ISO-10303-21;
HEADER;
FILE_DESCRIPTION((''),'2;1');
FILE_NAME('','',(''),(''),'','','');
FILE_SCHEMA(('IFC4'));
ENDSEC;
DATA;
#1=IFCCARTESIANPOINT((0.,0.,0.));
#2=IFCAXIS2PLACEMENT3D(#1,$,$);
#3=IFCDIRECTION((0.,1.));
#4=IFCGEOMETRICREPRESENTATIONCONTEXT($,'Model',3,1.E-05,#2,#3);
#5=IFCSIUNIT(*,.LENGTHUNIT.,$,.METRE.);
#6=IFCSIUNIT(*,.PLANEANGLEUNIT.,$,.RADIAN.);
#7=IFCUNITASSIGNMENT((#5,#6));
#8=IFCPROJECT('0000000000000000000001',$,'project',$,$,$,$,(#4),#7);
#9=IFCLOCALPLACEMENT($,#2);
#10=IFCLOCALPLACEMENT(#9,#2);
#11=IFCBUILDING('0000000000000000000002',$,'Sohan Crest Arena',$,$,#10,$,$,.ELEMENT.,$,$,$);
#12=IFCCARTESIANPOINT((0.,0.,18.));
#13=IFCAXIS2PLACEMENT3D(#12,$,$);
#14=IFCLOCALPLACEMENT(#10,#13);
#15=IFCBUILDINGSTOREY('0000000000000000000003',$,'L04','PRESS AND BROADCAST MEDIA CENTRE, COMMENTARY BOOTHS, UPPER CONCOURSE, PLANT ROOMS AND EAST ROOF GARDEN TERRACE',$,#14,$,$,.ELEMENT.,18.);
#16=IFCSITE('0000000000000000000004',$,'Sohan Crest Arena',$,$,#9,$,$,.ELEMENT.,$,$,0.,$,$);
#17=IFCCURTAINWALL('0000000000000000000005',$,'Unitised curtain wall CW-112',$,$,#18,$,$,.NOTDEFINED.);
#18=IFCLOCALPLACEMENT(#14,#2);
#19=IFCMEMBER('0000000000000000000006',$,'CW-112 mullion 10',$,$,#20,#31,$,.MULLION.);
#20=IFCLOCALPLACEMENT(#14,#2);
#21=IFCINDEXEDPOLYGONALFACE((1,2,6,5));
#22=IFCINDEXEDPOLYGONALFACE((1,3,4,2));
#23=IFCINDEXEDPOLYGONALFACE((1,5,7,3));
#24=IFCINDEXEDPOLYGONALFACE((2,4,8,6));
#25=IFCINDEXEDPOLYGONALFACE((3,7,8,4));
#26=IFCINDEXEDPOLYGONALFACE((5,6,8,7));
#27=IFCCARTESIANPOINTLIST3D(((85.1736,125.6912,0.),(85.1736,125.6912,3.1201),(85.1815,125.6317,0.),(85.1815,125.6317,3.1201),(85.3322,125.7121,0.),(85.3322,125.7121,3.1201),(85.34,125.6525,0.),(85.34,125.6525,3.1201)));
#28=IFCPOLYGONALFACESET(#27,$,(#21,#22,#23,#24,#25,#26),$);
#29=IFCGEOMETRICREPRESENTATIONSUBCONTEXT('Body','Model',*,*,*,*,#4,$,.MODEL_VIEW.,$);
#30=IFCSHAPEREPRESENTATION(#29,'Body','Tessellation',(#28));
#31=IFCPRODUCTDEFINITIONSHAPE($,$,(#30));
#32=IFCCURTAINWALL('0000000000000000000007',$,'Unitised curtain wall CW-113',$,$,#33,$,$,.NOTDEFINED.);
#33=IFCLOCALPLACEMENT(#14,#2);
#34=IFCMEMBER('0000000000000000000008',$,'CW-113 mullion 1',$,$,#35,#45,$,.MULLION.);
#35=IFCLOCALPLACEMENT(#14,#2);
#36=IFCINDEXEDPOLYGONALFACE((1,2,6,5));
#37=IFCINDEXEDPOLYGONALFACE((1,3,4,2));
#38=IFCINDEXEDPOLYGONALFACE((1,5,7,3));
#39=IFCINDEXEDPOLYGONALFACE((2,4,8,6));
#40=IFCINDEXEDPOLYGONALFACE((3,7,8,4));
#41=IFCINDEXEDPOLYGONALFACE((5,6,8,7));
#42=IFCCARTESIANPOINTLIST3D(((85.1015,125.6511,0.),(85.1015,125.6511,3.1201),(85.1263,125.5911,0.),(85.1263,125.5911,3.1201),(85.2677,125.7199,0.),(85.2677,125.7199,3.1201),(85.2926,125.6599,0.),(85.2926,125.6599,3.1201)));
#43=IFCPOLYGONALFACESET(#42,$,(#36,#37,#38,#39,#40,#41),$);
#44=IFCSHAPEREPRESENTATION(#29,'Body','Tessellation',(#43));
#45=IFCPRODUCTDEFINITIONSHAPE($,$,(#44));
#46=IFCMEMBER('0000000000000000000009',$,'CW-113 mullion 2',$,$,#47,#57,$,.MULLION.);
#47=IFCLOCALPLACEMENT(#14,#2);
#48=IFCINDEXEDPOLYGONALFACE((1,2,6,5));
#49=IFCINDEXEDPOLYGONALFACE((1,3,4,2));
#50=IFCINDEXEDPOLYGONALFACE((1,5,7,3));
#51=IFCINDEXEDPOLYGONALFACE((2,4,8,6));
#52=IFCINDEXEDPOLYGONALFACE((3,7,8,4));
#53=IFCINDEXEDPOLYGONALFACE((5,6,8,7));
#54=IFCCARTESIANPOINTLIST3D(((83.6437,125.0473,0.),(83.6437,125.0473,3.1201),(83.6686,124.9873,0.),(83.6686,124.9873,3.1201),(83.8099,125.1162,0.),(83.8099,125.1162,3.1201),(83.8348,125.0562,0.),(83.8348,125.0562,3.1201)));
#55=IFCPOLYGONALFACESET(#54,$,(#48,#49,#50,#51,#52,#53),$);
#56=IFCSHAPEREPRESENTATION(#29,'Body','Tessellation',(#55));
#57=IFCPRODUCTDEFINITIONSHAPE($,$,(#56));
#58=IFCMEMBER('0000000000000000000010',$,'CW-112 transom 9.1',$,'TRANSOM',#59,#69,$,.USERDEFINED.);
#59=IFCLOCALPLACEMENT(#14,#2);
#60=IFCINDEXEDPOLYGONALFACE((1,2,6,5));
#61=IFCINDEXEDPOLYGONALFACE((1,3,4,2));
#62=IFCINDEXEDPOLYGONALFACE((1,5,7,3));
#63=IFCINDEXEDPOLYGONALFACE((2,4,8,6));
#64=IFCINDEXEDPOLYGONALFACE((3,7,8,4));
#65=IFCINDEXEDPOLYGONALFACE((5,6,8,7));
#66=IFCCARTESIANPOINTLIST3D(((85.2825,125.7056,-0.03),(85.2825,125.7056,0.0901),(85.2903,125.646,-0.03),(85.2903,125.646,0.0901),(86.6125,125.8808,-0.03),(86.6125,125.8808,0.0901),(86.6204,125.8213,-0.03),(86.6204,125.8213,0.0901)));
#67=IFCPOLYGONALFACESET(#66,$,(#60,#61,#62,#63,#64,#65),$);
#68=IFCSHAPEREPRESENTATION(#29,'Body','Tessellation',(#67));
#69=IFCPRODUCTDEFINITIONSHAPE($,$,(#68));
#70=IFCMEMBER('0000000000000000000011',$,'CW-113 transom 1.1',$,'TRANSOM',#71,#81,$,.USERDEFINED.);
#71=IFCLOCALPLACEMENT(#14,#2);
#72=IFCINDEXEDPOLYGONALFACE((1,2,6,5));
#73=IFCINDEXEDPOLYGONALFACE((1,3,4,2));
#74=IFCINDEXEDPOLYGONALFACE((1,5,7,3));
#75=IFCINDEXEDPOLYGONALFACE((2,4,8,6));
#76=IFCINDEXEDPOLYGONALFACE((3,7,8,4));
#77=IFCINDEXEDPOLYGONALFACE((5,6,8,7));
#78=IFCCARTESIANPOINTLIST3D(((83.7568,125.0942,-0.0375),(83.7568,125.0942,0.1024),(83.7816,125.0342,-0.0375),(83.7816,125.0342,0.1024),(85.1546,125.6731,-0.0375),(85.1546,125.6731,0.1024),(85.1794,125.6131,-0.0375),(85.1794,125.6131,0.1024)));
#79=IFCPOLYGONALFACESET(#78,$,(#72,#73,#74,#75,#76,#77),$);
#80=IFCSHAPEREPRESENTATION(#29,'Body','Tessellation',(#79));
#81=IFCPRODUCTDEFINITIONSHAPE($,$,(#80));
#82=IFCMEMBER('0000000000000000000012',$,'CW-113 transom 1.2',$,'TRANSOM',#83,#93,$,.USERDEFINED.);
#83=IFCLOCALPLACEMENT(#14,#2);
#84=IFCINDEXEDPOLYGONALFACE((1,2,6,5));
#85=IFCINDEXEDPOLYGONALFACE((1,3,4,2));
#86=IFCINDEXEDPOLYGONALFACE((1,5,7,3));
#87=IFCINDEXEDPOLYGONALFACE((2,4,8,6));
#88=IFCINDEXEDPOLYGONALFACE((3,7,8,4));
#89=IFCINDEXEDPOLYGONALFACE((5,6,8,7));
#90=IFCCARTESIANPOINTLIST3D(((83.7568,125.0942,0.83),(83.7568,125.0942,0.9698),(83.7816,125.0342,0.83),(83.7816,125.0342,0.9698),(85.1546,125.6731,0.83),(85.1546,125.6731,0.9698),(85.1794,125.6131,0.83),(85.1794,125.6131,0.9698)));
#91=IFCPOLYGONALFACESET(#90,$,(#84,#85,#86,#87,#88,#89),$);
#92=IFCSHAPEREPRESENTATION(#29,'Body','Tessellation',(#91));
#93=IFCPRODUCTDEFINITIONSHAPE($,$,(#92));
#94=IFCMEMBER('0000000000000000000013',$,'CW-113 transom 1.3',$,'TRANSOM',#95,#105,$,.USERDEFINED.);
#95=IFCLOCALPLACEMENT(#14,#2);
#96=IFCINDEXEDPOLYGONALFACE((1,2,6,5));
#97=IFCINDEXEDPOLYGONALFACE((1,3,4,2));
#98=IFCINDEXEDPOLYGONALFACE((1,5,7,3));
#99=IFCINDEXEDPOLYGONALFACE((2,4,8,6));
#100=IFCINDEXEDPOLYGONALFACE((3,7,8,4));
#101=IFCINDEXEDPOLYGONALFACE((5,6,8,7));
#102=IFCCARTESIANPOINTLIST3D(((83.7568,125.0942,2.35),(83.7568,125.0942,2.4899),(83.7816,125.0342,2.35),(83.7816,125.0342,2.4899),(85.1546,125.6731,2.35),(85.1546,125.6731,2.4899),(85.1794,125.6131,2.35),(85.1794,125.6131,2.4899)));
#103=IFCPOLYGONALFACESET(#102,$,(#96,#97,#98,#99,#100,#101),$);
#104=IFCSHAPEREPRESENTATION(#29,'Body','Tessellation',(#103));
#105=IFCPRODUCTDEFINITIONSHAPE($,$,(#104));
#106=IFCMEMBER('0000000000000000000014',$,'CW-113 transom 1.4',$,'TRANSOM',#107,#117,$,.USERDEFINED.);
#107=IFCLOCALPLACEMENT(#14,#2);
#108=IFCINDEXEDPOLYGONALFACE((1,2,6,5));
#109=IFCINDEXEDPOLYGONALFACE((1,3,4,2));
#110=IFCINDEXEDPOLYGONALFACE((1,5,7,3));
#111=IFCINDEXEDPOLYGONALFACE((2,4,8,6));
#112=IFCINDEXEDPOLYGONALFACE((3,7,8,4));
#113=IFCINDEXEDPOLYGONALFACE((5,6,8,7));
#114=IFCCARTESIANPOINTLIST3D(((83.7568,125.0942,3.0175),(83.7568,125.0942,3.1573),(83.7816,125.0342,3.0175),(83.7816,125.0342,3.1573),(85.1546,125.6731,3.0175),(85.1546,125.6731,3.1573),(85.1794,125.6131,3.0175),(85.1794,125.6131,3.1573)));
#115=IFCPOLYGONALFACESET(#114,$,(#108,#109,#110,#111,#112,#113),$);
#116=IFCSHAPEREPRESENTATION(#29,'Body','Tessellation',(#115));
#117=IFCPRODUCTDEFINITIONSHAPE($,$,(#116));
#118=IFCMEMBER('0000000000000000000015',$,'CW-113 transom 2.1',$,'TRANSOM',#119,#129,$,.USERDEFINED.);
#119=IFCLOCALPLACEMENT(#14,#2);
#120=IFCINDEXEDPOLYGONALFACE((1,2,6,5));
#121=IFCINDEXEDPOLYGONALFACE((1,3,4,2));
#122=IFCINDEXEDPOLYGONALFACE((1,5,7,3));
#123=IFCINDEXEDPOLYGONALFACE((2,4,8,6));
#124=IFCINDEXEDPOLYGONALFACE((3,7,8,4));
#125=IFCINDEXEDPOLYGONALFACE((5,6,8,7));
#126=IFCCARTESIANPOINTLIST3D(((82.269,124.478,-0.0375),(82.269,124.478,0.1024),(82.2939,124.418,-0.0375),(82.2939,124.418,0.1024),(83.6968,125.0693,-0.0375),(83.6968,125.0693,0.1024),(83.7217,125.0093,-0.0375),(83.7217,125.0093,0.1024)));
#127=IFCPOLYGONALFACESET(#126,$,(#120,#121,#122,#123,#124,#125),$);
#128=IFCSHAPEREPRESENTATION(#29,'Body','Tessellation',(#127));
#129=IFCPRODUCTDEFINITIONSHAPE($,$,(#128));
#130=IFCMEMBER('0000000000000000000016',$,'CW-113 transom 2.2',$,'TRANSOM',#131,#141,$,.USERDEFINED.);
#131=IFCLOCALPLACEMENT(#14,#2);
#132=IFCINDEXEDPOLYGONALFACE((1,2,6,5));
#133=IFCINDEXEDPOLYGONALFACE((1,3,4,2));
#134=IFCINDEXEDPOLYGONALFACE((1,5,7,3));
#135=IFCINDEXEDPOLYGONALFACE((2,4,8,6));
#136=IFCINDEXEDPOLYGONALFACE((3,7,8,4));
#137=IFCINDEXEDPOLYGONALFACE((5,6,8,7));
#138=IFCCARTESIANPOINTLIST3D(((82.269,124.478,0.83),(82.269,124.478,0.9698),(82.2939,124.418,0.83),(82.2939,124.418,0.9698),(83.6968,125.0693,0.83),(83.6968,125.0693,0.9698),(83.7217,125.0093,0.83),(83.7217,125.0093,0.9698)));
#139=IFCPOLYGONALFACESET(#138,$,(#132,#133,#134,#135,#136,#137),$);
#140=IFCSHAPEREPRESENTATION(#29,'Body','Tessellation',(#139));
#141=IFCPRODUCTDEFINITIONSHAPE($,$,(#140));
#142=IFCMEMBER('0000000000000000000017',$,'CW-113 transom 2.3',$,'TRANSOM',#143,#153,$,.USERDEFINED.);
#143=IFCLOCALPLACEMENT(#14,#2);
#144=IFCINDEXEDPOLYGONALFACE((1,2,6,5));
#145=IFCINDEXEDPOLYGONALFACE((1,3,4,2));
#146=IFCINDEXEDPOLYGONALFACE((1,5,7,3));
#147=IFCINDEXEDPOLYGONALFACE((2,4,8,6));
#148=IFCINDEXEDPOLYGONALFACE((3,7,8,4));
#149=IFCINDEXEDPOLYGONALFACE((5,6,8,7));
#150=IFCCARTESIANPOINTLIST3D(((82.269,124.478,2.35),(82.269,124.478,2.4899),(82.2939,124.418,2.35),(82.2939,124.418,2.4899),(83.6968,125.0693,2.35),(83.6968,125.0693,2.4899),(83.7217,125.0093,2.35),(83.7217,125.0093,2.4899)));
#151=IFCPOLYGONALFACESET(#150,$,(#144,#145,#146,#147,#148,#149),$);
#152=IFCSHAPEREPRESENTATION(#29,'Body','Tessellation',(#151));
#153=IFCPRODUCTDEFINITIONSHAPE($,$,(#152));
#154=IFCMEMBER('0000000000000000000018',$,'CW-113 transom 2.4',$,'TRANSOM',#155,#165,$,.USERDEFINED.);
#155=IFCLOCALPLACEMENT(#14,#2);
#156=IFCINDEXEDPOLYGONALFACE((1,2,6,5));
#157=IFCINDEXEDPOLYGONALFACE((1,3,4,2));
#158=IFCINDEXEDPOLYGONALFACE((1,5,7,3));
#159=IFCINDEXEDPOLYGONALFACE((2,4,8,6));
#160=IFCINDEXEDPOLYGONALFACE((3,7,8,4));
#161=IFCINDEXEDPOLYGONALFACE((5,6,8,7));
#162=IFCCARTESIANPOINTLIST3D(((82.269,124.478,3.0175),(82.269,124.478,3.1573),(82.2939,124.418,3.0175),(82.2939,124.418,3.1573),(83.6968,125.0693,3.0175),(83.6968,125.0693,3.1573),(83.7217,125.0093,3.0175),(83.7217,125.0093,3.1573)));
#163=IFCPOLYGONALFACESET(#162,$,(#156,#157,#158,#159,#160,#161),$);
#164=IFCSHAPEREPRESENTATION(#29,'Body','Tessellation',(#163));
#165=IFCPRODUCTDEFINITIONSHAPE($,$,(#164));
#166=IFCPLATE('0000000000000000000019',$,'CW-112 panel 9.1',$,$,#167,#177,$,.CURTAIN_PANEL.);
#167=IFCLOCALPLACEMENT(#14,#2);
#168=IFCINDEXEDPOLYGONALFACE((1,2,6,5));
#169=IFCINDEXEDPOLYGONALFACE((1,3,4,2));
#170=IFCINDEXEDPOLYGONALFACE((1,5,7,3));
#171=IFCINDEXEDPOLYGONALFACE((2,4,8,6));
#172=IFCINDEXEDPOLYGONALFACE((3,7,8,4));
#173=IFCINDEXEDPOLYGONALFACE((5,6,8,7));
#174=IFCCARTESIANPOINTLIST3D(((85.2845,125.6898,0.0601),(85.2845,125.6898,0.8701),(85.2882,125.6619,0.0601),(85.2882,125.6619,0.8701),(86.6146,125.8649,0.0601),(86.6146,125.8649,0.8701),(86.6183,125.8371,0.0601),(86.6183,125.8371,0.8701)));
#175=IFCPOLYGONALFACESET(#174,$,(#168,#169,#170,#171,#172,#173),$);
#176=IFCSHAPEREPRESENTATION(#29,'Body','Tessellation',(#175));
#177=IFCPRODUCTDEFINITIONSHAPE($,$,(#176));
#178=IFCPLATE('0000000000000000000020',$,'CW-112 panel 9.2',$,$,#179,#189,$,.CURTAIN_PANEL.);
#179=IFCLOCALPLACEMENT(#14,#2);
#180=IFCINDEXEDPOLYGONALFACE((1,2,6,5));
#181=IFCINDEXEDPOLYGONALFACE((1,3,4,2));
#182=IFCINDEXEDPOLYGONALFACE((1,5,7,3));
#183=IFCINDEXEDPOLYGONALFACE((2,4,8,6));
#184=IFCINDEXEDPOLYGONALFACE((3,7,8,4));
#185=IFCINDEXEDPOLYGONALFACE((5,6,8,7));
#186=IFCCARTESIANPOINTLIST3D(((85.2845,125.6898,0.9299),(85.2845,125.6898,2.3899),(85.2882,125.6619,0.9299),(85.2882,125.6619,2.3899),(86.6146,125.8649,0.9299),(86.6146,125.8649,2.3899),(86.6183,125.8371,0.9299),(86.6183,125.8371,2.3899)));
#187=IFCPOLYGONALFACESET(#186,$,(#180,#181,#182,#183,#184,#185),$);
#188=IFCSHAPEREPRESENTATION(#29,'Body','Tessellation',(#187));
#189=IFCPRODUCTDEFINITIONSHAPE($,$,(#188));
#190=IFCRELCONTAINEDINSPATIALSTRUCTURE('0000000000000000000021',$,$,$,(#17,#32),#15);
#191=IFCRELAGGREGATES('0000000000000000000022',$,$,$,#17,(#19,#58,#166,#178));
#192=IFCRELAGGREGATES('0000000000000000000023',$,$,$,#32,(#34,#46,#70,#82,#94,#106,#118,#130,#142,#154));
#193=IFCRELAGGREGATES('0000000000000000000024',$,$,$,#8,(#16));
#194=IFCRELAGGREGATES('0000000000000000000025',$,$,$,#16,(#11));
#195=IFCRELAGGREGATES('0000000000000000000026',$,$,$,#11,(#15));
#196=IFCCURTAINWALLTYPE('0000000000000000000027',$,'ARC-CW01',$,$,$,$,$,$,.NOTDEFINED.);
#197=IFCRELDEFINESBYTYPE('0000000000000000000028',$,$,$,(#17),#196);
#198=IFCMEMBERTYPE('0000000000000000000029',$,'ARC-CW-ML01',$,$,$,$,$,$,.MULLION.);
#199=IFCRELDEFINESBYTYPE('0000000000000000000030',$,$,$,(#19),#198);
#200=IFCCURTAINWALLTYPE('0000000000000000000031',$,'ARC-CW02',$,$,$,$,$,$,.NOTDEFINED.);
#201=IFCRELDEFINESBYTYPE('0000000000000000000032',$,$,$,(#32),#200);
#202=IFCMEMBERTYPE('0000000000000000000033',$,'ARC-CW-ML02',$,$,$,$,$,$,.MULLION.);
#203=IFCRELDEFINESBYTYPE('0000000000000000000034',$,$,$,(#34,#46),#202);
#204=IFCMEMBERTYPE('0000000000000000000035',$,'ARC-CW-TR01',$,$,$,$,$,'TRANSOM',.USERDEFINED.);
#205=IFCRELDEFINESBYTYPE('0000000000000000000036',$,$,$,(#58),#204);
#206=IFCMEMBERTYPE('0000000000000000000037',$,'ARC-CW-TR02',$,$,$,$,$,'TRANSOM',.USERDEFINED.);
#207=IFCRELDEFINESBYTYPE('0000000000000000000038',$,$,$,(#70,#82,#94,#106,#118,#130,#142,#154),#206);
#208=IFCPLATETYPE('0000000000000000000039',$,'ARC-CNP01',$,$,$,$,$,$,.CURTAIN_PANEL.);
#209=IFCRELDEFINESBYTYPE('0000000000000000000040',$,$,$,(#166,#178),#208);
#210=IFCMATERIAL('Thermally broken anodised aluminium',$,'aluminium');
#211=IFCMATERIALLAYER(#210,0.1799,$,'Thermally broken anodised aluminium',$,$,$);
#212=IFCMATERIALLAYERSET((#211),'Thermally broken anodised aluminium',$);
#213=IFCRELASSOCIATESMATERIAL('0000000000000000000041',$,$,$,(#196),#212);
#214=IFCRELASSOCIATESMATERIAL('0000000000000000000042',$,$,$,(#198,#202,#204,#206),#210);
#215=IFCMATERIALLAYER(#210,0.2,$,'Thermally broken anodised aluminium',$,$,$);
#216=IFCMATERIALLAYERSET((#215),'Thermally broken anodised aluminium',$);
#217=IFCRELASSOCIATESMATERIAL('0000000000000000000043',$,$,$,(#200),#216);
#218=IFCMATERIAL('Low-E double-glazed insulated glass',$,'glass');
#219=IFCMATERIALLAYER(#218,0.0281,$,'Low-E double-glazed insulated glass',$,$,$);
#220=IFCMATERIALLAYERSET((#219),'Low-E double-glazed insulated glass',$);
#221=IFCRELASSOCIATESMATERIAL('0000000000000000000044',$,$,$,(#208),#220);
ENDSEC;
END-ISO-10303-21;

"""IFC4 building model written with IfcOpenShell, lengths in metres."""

from ifc_helpers import new_model, si_unit, direction, frame, origin, origin_2d, place, context, subcontext, project, spatial, rectangle, extrude, material, layer, layer_set, material_profile, profile_set, type_object, element, aggregate, save


model = new_model("IFC4")

# Units and contexts
model_context = context("Model", 3, precision=1e-05, world=origin(), true_north=direction((0.0, 1.0)))
body_context = subcontext(model_context, "Body", "Model", "MODEL_VIEW")
ifc_project = project(units=[si_unit("LENGTHUNIT", "METRE"), si_unit("PLANEANGLEUNIT", "RADIAN")], contexts=[model_context])

# Site, building, storey
site_placement = place(None, origin())
site = spatial("IfcSite", under=ifc_project, at=site_placement, Name="Sohan Crest Arena", CompositionType="ELEMENT", RefElevation=0.0)
building_placement = place(site_placement, origin())
building = spatial("IfcBuilding", under=site, at=building_placement, Name="Sohan Crest Arena", CompositionType="ELEMENT")
storey_placement = place(building_placement, frame((0.0, 0.0, 18.0)))
storey = spatial("IfcBuildingStorey", under=building, at=storey_placement, Name="L04", Description="PRESS AND BROADCAST MEDIA CENTRE, COMMENTARY BOOTHS, UPPER CONCOURSE, PLANT ROOMS AND EAST ROOF GARDEN TERRACE", CompositionType="ELEMENT", Elevation=18.0)

# Curtain wall, member
ifc_material_1 = material(Name="Thermally broken anodised aluminium", Category="aluminium")
ifc_layer_1 = layer(ifc_material_1, 0.1799, Name="Thermally broken anodised aluminium")
ifc_layer_set_1 = layer_set([ifc_layer_1], Name="Thermally broken anodised aluminium")
curtain_wall_type_1 = type_object("IfcCurtainWallType", Name="ARC-CW01", PredefinedType="NOTDEFINED", material=ifc_layer_set_1)
curtain_wall_1_placement = place(storey_placement, origin())
curtain_wall_1 = element("IfcCurtainWall", 1, at=curtain_wall_1_placement, inside=storey, type_object=curtain_wall_type_1, Name="Unitised curtain wall CW-112", PredefinedType="NOTDEFINED")
ifc_material_profile_1 = material_profile(ifc_material_1, rectangle(XDim=0.0601, YDim=0.1599, at=origin_2d()), Name="ALU-MULL 60x160")
ifc_profile_set_1 = profile_set([ifc_material_profile_1], Name="Thermally broken anodised aluminium")
member_type_1 = type_object("IfcMemberType", Name="ARC-CW-ML01", PredefinedType="MULLION", material=ifc_profile_set_1)
member_1_placement = place(storey_placement, frame((85.2568, 125.6719, 0.0), z_axis=(0.0, 0.0, 1.0), x_axis=(0.130557, -0.991441, 0.0)))
member_1 = element("IfcMember", 2, at=member_1_placement, type_object=member_type_1, Name="CW-112 mullion 10", PredefinedType="MULLION", context=body_context, shape_type="SweptSolid", body=[
    extrude(rectangle(XDim=0.0601, YDim=0.1599, at=origin_2d()), origin(), (0.0, 0.0, 1.0), 3.1201),
])

# Curtain wall, members
ifc_layer_2 = layer(ifc_material_1, 0.2, Name="Thermally broken anodised aluminium")
ifc_layer_set_2 = layer_set([ifc_layer_2], Name="Thermally broken anodised aluminium")
curtain_wall_type_2 = type_object("IfcCurtainWallType", Name="ARC-CW02", PredefinedType="NOTDEFINED", material=ifc_layer_set_2)
curtain_wall_2_placement = place(storey_placement, origin())
curtain_wall_2 = element("IfcCurtainWall", 3, at=curtain_wall_2_placement, inside=storey, type_object=curtain_wall_type_2, Name="Unitised curtain wall CW-113", PredefinedType="NOTDEFINED")
ifc_material_profile_2 = material_profile(ifc_material_1, rectangle(XDim=0.0649, YDim=0.1799, at=origin_2d()), Name="ALU-MULL 65x180")
ifc_profile_set_2 = profile_set([ifc_material_profile_2], Name="Thermally broken anodised aluminium")
member_type_2 = type_object("IfcMemberType", Name="ARC-CW-ML02", PredefinedType="MULLION", material=ifc_profile_set_2)
member_2_placement = place(storey_placement, frame((85.197, 125.6555, 0.0), z_axis=(0.0, 0.0, 1.0), x_axis=(0.382685, -0.923879, 0.0)))
member_2 = element("IfcMember", 4, at=member_2_placement, type_object=member_type_2, Name="CW-113 mullion 1", PredefinedType="MULLION", context=body_context, shape_type="SweptSolid", body=[
    extrude(rectangle(XDim=0.0649, YDim=0.1799, at=origin_2d()), origin(), (0.0, 0.0, 1.0), 3.1201),
])
member_3_placement = place(storey_placement, frame((83.7393, 125.0518, 0.0), z_axis=(0.0, 0.0, 1.0), x_axis=(0.382685, -0.923879, 0.0)))
member_3 = element("IfcMember", 5, at=member_3_placement, type_object=member_type_2, Name="CW-113 mullion 2", PredefinedType="MULLION", context=body_context, shape_type="SweptSolid", body=[
    extrude(rectangle(XDim=0.0649, YDim=0.1799, at=origin_2d()), origin(), (0.0, 0.0, 1.0), 3.1201),
])

# Members
ifc_material_profile_3 = material_profile(ifc_material_1, rectangle(XDim=0.0601, YDim=0.1201, at=origin_2d()), Name="ALU-TRAN 60x120")
ifc_profile_set_3 = profile_set([ifc_material_profile_3], Name="Thermally broken anodised aluminium")
member_type_3 = type_object("IfcMemberType", Name="ARC-CW-TR01", ElementType="TRANSOM", PredefinedType="USERDEFINED", material=ifc_profile_set_3)
member_4_placement = place(storey_placement, frame((86.6165, 125.8511, 0.03), z_axis=(-0.991427, -0.130662, 0.0), x_axis=(0.130662, -0.991427, 0.0)))
member_4 = element("IfcMember", 6, at=member_4_placement, type_object=member_type_3, Name="CW-112 transom 9.1", ObjectType="TRANSOM", PredefinedType="USERDEFINED", context=body_context, shape_type="SweptSolid", body=[
    extrude(rectangle(XDim=0.0601, YDim=0.1201, at=origin_2d()), origin(), (0.0, 0.0, 1.0), 1.3416),
])
ifc_material_profile_4 = material_profile(ifc_material_1, rectangle(XDim=0.0649, YDim=0.1399, at=origin_2d()), Name="ALU-TRAN 65x140")
ifc_profile_set_4 = profile_set([ifc_material_profile_4], Name="Thermally broken anodised aluminium")
member_type_4 = type_object("IfcMemberType", Name="ARC-CW-TR02", ElementType="TRANSOM", PredefinedType="USERDEFINED", material=ifc_profile_set_4)
member_5_placement = place(storey_placement, frame((85.167, 125.6431, 0.0325), z_axis=(-0.923901, -0.382632, 0.0), x_axis=(0.382632, -0.923901, 0.0)))
member_5 = element("IfcMember", 7, at=member_5_placement, type_object=member_type_4, Name="CW-113 transom 1.1", ObjectType="TRANSOM", PredefinedType="USERDEFINED", context=body_context, shape_type="SweptSolid", body=[
    extrude(rectangle(XDim=0.0649, YDim=0.1399, at=origin_2d()), origin(), (0.0, 0.0, 1.0), 1.5129),
])
member_6_placement = place(storey_placement, frame((85.167, 125.6431, 0.8999), z_axis=(-0.923901, -0.382632, 0.0), x_axis=(0.382632, -0.923901, 0.0)))
member_6 = element("IfcMember", 8, at=member_6_placement, type_object=member_type_4, Name="CW-113 transom 1.2", ObjectType="TRANSOM", PredefinedType="USERDEFINED", context=body_context, shape_type="SweptSolid", body=[
    extrude(rectangle(XDim=0.0649, YDim=0.1399, at=origin_2d()), origin(), (0.0, 0.0, 1.0), 1.5129),
])
member_7_placement = place(storey_placement, frame((85.167, 125.6431, 2.4199), z_axis=(-0.923901, -0.382632, 0.0), x_axis=(0.382632, -0.923901, 0.0)))
member_7 = element("IfcMember", 9, at=member_7_placement, type_object=member_type_4, Name="CW-113 transom 1.3", ObjectType="TRANSOM", PredefinedType="USERDEFINED", context=body_context, shape_type="SweptSolid", body=[
    extrude(rectangle(XDim=0.0649, YDim=0.1399, at=origin_2d()), origin(), (0.0, 0.0, 1.0), 1.5129),
])
member_8_placement = place(storey_placement, frame((85.167, 125.6431, 3.0874), z_axis=(-0.923901, -0.382632, 0.0), x_axis=(0.382632, -0.923901, 0.0)))
member_8 = element("IfcMember", 10, at=member_8_placement, type_object=member_type_4, Name="CW-113 transom 1.4", ObjectType="TRANSOM", PredefinedType="USERDEFINED", context=body_context, shape_type="SweptSolid", body=[
    extrude(rectangle(XDim=0.0649, YDim=0.1399, at=origin_2d()), origin(), (0.0, 0.0, 1.0), 1.5129),
])
member_9_placement = place(storey_placement, frame((83.7092, 125.0393, 0.0325), z_axis=(-0.923897, -0.38264, 0.0), x_axis=(0.38264, -0.923897, 0.0)))
member_9 = element("IfcMember", 11, at=member_9_placement, type_object=member_type_4, Name="CW-113 transom 2.1", ObjectType="TRANSOM", PredefinedType="USERDEFINED", context=body_context, shape_type="SweptSolid", body=[
    extrude(rectangle(XDim=0.0649, YDim=0.1399, at=origin_2d()), origin(), (0.0, 0.0, 1.0), 1.5454),
])
member_10_placement = place(storey_placement, frame((83.7092, 125.0393, 0.8999), z_axis=(-0.923897, -0.38264, 0.0), x_axis=(0.38264, -0.923897, 0.0)))
member_10 = element("IfcMember", 12, at=member_10_placement, type_object=member_type_4, Name="CW-113 transom 2.2", ObjectType="TRANSOM", PredefinedType="USERDEFINED", context=body_context, shape_type="SweptSolid", body=[
    extrude(rectangle(XDim=0.0649, YDim=0.1399, at=origin_2d()), origin(), (0.0, 0.0, 1.0), 1.5454),
])
member_11_placement = place(storey_placement, frame((83.7092, 125.0393, 2.4199), z_axis=(-0.923897, -0.38264, 0.0), x_axis=(0.38264, -0.923897, 0.0)))
member_11 = element("IfcMember", 13, at=member_11_placement, type_object=member_type_4, Name="CW-113 transom 2.3", ObjectType="TRANSOM", PredefinedType="USERDEFINED", context=body_context, shape_type="SweptSolid", body=[
    extrude(rectangle(XDim=0.0649, YDim=0.1399, at=origin_2d()), origin(), (0.0, 0.0, 1.0), 1.5454),
])
member_12_placement = place(storey_placement, frame((83.7092, 125.0393, 3.0874), z_axis=(-0.923897, -0.38264, 0.0), x_axis=(0.38264, -0.923897, 0.0)))
member_12 = element("IfcMember", 14, at=member_12_placement, type_object=member_type_4, Name="CW-113 transom 2.4", ObjectType="TRANSOM", PredefinedType="USERDEFINED", context=body_context, shape_type="SweptSolid", body=[
    extrude(rectangle(XDim=0.0649, YDim=0.1399, at=origin_2d()), origin(), (0.0, 0.0, 1.0), 1.5454),
])

# Plates
ifc_material_2 = material(Name="Low-E double-glazed insulated glass", Category="glass")
ifc_layer_3 = layer(ifc_material_2, 0.0281, Name="Low-E double-glazed insulated glass")
ifc_layer_set_3 = layer_set([ifc_layer_3], Name="Low-E double-glazed insulated glass")
plate_type_1 = type_object("IfcPlateType", Name="ARC-CNP01", PredefinedType="CURTAIN_PANEL", material=ifc_layer_set_3)
plate_1_placement = place(storey_placement, frame((85.9514, 125.7634, 0.0601), z_axis=(0.0, 0.0, 1.0), x_axis=(-0.991441, -0.130557, 0.0)))
plate_1 = element("IfcPlate", 15, at=plate_1_placement, type_object=plate_type_1, Name="CW-112 panel 9.1", PredefinedType="CURTAIN_PANEL", context=body_context, shape_type="SweptSolid", body=[
    extrude(rectangle(XDim=1.3416, YDim=0.0281, at=origin_2d()), origin(), (0.0, 0.0, 1.0), 0.8101),
])
plate_2_placement = place(storey_placement, frame((85.9514, 125.7634, 0.9299), z_axis=(0.0, 0.0, 1.0), x_axis=(-0.991441, -0.130557, 0.0)))
plate_2 = element("IfcPlate", 16, at=plate_2_placement, type_object=plate_type_1, Name="CW-112 panel 9.2", PredefinedType="CURTAIN_PANEL", context=body_context, shape_type="SweptSolid", body=[
    extrude(rectangle(XDim=1.3416, YDim=0.0281, at=origin_2d()), origin(), (0.0, 0.0, 1.0), 1.46),
])
aggregate(curtain_wall_1, [member_1, member_4, plate_1, plate_2])
aggregate(curtain_wall_2, [member_2, member_3, member_5, member_6, member_7, member_8, member_9, member_10, member_11, member_12])

save(model, "model.ifc")
